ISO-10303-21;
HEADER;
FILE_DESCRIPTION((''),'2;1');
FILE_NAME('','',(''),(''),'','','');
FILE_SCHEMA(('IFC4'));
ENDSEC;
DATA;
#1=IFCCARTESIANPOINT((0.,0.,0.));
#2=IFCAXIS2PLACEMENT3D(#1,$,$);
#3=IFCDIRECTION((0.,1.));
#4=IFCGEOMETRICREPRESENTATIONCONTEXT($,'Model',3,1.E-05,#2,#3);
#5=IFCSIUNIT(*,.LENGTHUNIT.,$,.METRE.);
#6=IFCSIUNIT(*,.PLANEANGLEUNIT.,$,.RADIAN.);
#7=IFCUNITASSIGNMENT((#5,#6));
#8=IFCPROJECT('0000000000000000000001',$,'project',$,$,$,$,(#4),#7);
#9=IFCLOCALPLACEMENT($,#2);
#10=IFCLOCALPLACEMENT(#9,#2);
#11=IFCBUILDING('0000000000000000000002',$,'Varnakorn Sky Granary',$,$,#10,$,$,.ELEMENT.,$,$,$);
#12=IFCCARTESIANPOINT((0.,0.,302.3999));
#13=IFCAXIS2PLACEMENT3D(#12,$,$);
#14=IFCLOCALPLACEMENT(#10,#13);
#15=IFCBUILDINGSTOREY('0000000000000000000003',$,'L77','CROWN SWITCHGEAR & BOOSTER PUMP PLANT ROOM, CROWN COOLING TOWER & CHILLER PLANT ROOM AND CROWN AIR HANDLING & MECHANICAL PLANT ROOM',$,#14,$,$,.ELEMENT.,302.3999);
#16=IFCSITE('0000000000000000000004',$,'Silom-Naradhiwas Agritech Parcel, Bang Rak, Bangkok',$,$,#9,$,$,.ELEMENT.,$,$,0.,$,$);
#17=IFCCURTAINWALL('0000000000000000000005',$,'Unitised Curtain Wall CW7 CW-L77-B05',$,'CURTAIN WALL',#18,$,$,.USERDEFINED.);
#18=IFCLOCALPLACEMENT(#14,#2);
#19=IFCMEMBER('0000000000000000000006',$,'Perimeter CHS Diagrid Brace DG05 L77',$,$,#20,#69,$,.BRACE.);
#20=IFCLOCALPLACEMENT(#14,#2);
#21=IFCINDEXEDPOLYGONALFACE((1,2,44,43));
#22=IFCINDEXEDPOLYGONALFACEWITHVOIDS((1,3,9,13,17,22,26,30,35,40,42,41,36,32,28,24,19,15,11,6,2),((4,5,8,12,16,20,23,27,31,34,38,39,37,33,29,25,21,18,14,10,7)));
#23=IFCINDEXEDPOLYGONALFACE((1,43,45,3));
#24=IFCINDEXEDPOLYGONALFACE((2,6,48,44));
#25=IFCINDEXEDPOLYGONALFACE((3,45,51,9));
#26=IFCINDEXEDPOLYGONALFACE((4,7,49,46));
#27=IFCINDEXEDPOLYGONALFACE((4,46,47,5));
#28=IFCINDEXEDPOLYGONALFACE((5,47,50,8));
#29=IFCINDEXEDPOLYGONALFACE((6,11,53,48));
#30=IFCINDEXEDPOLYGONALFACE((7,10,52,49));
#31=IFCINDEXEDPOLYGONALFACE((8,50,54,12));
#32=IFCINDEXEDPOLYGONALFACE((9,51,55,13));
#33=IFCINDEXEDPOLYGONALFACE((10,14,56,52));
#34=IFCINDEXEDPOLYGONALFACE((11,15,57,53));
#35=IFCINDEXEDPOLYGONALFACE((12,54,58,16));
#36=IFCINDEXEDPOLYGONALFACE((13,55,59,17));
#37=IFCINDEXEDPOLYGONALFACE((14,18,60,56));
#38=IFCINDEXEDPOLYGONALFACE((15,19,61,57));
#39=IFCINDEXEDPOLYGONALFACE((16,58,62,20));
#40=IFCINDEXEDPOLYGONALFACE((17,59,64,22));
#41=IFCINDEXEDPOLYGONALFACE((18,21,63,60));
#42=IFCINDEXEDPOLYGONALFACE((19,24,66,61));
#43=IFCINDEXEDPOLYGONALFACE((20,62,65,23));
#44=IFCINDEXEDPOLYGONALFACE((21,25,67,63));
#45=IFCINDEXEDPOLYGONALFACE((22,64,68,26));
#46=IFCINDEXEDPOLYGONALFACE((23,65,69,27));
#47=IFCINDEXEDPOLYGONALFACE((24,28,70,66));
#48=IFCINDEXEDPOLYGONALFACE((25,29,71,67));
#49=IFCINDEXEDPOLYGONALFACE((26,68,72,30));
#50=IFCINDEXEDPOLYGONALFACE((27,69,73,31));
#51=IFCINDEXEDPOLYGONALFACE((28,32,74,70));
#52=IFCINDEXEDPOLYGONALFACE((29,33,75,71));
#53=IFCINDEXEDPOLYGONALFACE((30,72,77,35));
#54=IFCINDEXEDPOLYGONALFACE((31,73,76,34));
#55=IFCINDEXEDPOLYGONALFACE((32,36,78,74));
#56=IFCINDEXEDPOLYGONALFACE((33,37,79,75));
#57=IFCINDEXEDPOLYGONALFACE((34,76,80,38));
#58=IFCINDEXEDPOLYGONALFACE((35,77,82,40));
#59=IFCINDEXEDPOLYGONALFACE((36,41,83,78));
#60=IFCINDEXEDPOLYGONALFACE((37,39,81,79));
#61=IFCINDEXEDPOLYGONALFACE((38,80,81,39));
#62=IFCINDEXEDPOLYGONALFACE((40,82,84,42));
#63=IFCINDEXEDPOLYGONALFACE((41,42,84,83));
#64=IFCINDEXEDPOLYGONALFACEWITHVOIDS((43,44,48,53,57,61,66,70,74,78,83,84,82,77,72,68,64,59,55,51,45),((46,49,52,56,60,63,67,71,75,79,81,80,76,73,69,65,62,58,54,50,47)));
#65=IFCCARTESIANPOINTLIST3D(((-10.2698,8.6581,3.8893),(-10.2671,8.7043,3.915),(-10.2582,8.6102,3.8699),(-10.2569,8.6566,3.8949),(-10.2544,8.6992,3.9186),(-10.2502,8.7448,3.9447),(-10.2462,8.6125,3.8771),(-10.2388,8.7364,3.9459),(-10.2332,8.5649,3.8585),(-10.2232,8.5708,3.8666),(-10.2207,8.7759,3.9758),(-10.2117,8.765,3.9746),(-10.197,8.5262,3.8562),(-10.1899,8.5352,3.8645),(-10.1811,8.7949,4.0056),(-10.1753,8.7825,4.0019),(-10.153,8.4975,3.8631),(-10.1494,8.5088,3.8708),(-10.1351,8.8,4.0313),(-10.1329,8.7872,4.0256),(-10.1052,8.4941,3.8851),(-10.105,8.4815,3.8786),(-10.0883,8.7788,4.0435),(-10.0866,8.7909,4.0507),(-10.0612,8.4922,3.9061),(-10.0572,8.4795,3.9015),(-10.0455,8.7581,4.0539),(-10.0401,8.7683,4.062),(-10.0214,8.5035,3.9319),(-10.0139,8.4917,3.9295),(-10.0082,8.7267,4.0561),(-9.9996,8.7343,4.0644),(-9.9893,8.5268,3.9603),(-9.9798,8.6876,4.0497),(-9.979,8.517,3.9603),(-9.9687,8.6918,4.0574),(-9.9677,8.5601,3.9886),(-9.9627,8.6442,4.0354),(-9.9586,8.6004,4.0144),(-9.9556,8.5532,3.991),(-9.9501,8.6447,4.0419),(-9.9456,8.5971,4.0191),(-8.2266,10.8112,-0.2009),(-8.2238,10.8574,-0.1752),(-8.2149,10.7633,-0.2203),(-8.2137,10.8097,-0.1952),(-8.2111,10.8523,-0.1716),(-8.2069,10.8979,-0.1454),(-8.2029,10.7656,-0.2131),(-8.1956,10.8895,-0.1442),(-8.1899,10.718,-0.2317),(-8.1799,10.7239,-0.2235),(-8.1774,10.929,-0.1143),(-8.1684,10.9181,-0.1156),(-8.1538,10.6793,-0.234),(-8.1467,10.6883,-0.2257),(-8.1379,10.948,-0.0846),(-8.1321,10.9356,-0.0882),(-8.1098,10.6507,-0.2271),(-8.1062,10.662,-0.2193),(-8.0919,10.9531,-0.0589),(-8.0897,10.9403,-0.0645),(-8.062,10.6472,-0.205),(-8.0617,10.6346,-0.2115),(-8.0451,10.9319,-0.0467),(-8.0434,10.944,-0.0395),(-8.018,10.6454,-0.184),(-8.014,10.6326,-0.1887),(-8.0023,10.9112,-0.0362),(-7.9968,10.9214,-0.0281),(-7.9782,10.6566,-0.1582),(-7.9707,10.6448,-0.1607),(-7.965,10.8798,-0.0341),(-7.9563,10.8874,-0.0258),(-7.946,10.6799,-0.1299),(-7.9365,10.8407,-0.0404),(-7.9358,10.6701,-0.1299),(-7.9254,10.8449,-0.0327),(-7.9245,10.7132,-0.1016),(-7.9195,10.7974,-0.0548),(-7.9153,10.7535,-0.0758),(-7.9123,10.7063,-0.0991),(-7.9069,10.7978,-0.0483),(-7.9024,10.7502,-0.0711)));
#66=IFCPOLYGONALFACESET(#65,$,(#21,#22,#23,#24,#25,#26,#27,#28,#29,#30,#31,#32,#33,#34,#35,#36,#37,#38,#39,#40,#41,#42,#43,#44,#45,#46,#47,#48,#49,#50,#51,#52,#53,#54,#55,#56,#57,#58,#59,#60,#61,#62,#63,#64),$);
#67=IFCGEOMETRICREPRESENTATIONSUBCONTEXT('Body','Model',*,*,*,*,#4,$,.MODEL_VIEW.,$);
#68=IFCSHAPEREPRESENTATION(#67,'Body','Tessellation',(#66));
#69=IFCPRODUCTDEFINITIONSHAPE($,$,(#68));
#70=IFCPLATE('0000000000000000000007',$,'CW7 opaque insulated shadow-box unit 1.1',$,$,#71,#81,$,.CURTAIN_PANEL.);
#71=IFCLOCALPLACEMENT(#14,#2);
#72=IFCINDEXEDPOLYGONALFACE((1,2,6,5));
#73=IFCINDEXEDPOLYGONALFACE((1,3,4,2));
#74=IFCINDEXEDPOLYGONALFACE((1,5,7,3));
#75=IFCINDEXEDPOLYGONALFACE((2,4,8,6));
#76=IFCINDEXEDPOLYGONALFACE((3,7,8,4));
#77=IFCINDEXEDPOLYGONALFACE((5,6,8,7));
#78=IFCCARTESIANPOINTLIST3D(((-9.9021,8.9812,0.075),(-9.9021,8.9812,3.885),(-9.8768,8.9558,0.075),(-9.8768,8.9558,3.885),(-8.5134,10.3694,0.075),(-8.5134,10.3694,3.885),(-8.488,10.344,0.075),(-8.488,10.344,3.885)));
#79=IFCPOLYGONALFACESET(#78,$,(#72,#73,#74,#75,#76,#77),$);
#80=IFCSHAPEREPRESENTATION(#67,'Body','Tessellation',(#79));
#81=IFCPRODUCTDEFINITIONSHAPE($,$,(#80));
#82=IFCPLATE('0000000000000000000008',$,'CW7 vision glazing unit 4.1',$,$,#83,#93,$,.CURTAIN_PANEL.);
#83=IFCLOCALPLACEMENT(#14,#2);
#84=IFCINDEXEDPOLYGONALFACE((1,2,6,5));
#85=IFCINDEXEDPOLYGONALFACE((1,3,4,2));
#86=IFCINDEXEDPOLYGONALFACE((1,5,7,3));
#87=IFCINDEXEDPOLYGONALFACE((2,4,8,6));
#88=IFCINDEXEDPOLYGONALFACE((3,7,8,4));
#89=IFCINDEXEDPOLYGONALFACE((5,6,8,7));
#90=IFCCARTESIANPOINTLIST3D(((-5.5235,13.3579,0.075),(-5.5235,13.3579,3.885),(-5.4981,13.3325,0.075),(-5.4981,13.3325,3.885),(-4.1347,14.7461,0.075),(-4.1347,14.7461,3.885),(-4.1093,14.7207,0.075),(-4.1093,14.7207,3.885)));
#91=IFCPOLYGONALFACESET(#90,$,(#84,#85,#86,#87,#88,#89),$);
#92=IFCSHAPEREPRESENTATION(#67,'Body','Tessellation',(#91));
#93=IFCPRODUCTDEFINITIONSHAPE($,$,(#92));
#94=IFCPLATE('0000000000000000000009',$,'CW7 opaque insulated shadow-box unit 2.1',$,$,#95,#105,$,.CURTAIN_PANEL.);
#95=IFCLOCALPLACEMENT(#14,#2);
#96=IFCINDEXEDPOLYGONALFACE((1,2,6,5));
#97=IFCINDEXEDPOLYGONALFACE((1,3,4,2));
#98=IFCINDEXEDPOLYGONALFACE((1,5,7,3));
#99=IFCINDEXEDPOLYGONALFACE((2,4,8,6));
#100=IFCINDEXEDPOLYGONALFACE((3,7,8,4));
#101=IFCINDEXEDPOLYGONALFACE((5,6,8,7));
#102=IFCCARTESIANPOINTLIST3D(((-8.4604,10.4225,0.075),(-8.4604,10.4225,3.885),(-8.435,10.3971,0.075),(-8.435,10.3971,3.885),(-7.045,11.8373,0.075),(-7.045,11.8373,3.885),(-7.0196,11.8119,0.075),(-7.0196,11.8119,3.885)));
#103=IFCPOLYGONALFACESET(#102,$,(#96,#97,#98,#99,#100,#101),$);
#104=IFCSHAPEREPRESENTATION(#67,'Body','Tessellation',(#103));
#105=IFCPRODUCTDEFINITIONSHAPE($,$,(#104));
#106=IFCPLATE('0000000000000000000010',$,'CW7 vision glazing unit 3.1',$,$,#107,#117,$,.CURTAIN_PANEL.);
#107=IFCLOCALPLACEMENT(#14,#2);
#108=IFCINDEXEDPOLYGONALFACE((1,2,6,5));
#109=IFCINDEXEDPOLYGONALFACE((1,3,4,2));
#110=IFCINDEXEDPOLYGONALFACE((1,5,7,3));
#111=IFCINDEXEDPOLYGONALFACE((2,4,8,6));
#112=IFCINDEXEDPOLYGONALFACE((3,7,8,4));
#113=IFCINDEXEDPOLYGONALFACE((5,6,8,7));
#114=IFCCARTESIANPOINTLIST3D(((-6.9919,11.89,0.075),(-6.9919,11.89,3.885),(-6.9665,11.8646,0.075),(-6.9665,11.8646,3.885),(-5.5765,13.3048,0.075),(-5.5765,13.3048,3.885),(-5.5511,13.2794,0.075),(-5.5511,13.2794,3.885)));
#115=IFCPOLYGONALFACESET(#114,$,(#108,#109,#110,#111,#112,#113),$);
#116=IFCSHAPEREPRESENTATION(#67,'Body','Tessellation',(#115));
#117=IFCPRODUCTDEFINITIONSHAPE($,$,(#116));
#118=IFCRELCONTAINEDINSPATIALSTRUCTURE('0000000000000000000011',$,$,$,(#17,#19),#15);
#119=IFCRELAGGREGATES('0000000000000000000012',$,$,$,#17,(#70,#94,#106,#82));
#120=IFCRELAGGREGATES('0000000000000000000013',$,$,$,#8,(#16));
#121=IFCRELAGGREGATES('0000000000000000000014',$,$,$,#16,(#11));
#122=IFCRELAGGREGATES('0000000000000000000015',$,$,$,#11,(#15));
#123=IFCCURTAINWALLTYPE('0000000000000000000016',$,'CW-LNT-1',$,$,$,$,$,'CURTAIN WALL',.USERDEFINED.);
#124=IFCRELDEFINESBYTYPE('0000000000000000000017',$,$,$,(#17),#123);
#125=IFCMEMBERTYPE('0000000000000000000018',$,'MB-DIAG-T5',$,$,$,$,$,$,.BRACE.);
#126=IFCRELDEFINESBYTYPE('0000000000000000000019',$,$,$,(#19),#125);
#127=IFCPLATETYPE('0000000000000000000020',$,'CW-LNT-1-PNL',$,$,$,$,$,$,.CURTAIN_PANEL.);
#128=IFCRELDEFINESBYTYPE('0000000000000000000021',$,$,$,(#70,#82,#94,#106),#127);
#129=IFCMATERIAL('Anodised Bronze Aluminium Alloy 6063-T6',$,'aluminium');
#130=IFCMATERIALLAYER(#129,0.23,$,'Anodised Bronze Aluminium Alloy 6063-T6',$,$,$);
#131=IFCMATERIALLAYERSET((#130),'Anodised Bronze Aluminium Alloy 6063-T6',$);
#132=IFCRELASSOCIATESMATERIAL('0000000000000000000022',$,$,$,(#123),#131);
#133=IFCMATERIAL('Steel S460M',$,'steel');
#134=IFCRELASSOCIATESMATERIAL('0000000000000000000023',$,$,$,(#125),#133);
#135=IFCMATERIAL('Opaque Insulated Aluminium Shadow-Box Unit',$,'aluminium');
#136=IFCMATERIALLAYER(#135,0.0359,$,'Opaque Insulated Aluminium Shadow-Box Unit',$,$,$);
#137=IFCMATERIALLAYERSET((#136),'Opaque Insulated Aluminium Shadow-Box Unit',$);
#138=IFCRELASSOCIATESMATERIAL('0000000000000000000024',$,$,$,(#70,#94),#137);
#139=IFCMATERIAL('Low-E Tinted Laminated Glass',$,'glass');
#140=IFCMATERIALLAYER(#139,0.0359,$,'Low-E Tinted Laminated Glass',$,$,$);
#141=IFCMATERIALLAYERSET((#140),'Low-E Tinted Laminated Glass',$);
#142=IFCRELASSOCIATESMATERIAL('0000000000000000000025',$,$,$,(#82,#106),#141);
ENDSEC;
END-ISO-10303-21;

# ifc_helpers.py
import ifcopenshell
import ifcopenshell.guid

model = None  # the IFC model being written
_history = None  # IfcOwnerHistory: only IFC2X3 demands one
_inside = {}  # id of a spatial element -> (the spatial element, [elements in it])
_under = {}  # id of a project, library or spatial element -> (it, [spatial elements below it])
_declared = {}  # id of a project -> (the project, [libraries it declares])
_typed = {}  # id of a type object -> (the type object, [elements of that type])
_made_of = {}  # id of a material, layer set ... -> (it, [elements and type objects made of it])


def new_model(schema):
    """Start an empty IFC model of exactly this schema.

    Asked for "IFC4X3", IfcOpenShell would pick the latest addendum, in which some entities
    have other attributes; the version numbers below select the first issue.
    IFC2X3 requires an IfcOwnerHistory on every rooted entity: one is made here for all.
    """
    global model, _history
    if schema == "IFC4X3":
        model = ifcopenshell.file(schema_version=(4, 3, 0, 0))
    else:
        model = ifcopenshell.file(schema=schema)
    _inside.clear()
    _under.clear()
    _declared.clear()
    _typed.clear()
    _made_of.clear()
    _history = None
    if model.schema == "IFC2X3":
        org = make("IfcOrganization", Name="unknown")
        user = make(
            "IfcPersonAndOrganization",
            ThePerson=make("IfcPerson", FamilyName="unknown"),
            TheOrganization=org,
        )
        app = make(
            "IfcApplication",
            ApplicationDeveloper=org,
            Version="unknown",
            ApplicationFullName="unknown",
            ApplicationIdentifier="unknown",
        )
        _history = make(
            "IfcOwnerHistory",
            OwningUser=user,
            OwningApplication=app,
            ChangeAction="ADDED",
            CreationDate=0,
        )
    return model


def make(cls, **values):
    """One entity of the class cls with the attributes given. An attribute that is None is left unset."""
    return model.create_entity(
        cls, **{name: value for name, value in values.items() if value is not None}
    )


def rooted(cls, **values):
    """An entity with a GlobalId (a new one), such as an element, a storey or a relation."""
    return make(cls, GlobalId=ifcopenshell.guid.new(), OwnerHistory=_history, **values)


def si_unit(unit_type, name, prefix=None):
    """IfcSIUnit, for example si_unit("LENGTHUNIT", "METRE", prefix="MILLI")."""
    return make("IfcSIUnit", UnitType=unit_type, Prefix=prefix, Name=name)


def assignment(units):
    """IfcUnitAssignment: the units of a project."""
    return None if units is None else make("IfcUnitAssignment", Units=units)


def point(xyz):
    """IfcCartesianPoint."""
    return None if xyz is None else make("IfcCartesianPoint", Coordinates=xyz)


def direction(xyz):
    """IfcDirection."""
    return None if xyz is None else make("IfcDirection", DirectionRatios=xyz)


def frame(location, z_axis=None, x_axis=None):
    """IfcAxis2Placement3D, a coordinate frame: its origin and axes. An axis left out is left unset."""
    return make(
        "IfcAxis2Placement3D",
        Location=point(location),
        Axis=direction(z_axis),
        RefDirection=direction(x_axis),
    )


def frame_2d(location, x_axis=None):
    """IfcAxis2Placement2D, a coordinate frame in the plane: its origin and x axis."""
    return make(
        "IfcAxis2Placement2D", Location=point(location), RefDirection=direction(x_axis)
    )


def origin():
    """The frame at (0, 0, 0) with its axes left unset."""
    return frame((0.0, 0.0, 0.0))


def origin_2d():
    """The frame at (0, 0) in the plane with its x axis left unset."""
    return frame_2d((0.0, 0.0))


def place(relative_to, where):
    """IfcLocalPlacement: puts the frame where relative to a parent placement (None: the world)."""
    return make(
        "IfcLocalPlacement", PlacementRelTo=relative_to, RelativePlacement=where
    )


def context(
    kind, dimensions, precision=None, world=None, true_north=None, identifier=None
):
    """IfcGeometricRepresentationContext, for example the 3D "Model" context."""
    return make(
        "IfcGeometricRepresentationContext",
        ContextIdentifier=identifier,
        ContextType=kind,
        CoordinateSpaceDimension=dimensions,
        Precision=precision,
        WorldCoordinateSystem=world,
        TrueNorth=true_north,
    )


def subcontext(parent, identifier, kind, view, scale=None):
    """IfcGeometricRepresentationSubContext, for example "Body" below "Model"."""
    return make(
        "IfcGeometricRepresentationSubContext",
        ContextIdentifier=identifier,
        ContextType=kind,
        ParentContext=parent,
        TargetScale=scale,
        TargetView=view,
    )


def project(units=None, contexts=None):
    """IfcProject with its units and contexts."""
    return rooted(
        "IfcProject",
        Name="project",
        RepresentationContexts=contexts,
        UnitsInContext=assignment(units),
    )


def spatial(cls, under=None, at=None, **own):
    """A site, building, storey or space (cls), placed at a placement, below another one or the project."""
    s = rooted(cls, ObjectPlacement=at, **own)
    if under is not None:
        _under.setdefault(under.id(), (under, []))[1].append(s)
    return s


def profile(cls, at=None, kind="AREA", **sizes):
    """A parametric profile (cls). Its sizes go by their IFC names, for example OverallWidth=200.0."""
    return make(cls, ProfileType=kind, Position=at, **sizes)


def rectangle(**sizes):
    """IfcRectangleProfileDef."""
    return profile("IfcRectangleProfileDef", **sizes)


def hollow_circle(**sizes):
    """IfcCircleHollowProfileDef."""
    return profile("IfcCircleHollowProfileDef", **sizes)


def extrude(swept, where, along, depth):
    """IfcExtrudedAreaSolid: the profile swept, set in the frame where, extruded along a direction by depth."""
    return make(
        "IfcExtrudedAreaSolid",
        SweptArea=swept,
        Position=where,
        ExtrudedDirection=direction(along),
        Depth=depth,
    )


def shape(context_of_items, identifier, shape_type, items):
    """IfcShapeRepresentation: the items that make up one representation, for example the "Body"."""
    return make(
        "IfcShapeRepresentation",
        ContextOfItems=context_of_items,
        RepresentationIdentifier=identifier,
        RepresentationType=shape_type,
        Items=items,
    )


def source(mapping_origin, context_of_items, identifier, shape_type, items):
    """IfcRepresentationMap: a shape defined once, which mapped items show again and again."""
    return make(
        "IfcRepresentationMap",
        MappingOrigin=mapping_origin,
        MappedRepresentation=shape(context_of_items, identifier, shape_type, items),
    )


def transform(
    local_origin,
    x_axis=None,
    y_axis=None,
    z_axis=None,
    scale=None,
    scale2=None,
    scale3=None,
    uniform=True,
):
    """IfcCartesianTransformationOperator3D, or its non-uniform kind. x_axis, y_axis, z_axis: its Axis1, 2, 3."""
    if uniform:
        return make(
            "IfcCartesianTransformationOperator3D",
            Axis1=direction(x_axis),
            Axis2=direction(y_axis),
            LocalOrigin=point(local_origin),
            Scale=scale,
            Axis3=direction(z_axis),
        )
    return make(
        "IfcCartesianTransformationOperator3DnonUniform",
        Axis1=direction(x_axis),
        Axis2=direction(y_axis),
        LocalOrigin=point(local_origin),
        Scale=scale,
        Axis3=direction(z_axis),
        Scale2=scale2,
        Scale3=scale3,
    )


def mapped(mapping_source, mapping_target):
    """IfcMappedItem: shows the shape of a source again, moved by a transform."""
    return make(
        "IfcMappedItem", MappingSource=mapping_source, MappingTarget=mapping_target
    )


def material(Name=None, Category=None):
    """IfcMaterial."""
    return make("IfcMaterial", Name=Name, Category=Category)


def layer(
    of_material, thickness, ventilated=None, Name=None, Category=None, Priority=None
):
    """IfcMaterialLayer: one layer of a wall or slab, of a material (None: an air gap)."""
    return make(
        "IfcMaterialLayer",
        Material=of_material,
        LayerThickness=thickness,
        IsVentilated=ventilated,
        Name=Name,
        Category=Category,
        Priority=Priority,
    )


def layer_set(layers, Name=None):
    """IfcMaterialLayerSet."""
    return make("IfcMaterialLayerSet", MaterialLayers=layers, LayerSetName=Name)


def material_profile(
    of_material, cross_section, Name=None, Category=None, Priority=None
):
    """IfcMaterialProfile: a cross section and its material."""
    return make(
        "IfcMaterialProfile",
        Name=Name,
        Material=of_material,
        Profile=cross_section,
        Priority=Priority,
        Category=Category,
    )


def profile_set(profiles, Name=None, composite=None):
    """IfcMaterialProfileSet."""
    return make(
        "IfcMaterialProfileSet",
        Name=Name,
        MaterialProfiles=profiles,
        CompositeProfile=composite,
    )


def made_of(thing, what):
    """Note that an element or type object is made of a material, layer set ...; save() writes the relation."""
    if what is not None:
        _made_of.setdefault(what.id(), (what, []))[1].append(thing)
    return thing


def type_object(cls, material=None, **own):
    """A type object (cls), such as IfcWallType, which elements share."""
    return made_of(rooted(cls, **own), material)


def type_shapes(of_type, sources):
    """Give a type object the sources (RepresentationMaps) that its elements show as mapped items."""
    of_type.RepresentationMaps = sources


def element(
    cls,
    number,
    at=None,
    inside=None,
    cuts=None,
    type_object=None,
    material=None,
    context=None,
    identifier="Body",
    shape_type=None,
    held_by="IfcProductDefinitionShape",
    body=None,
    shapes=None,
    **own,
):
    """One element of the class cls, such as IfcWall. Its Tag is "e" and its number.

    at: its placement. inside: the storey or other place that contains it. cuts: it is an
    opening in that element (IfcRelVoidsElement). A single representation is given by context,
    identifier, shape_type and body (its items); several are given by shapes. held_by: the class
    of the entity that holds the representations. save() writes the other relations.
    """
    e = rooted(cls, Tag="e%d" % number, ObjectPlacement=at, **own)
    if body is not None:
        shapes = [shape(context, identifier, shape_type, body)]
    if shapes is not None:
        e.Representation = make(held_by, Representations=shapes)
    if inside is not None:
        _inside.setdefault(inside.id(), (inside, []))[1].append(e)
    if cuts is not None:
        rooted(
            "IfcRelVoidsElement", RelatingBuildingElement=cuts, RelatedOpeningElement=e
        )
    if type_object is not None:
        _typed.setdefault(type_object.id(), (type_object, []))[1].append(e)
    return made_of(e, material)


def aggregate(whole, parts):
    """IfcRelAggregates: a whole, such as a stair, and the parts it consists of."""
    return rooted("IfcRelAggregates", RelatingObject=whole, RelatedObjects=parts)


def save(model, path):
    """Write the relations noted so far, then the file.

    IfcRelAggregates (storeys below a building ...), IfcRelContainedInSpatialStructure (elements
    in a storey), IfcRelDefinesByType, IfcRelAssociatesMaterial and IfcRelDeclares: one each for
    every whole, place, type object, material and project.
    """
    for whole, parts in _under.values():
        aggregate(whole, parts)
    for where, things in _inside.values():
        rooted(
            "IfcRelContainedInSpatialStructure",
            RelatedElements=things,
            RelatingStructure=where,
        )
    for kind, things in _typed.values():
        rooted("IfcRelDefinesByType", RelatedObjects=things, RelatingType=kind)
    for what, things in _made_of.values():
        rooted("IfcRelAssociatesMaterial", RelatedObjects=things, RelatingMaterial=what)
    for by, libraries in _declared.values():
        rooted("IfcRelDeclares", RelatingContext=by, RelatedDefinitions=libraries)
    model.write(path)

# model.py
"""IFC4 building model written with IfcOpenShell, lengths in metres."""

from ifc_helpers import new_model, si_unit, direction, frame, origin, origin_2d, place, context, subcontext, project, spatial, rectangle, hollow_circle, extrude, source, transform, mapped, material, layer, layer_set, material_profile, profile_set, type_object, type_shapes, element, aggregate, save


model = new_model("IFC4")

# Units and contexts
model_context = context("Model", 3, precision=1e-05, world=origin(), true_north=direction((0.0, 1.0)))
body_context = subcontext(model_context, "Body", "Model", "MODEL_VIEW")
ifc_project = project(units=[si_unit("LENGTHUNIT", "METRE"), si_unit("PLANEANGLEUNIT", "RADIAN")], contexts=[model_context])

# Site, building, storey
site_placement = place(None, origin())
site = spatial("IfcSite", under=ifc_project, at=site_placement, Name="Silom-Naradhiwas Agritech Parcel, Bang Rak, Bangkok", CompositionType="ELEMENT", RefElevation=0.0)
building_placement = place(site_placement, origin())
building = spatial("IfcBuilding", under=site, at=building_placement, Name="Varnakorn Sky Granary", CompositionType="ELEMENT")
storey_placement = place(building_placement, frame((0.0, 0.0, 302.3999)))
storey = spatial("IfcBuildingStorey", under=building, at=storey_placement, Name="L77", Description="CROWN SWITCHGEAR & BOOSTER PUMP PLANT ROOM, CROWN COOLING TOWER & CHILLER PLANT ROOM AND CROWN AIR HANDLING & MECHANICAL PLANT ROOM", CompositionType="ELEMENT", Elevation=302.3999)

# Shared definitions
ifc_material_1 = material(Name="Steel S460M", Category="steel")

# Shared definitions
ifc_material_2 = material(Name="Anodised Bronze Aluminium Alloy 6063-T6", Category="aluminium")
ifc_layer_1 = layer(ifc_material_2, 0.23, Name="Anodised Bronze Aluminium Alloy 6063-T6")
ifc_layer_set_1 = layer_set([ifc_layer_1], Name="Anodised Bronze Aluminium Alloy 6063-T6")
curtain_wall_type = type_object("IfcCurtainWallType", Name="CW-LNT-1", ElementType="CURTAIN WALL", PredefinedType="USERDEFINED", material=ifc_layer_set_1)

# Curtain wall
curtain_wall_1_placement = place(storey_placement, origin())
curtain_wall_1 = element("IfcCurtainWall", 1, at=curtain_wall_1_placement, inside=storey, type_object=curtain_wall_type, Name="Unitised Curtain Wall CW7 CW-L77-B05", ObjectType="CURTAIN WALL", PredefinedType="USERDEFINED")

# Member
ifc_material_profile_1 = material_profile(ifc_material_1, hollow_circle(Radius=0.1777, WallThickness=0.0142, at=origin_2d()), Name="CHS 355.6x14")
ifc_profile_set_1 = profile_set([ifc_material_profile_1], Name="Steel S460M")
member_type_1 = type_object("IfcMemberType", Name="MB-DIAG-T5", PredefinedType="BRACE", material=ifc_profile_set_1)
member_1_placement = place(storey_placement, frame((-8.0647, 10.7925, -0.1299), z_axis=(-0.404305, -0.426045, 0.809335), x_axis=(0.725371, -0.688358, 0.0)))
element("IfcMember", 2, at=member_1_placement, inside=storey, type_object=member_type_1, Name="Perimeter CHS Diagrid Brace DG05 L77", PredefinedType="BRACE", context=body_context, shape_type="SweptSolid", body=[
    extrude(hollow_circle(Radius=0.1777, WallThickness=0.0142, at=origin_2d()), origin(), (0.0, 0.0, 1.0), 5.0537),
])

# Plates
ifc_material_3 = material(Name="Opaque Insulated Aluminium Shadow-Box Unit", Category="aluminium")
ifc_layer_2 = layer(ifc_material_3, 0.0359, Name="Opaque Insulated Aluminium Shadow-Box Unit")
ifc_layer_set_2 = layer_set([ifc_layer_2], Name="Opaque Insulated Aluminium Shadow-Box Unit")
plate_type = type_object("IfcPlateType", Name="CW-LNT-1-PNL", PredefinedType="CURTAIN_PANEL")
shared_shape_1 = source(origin(), body_context, "Body", "SweptSolid", [
    extrude(rectangle(XDim=1.9636, YDim=0.0359, at=origin_2d()), origin(), (0.0, 0.0, 1.0), 3.8101),
])
plate_1_placement = place(storey_placement, frame((-9.1951, 9.6626, 0.075), z_axis=(0.0, 0.0, 1.0), x_axis=(0.707251, 0.706962, 0.0)))
plate_1 = element("IfcPlate", 3, at=plate_1_placement, type_object=plate_type, material=ifc_layer_set_2, Name="CW7 opaque insulated shadow-box unit 1.1", PredefinedType="CURTAIN_PANEL", context=body_context, shape_type="MappedRepresentation", body=[
    mapped(shared_shape_1, transform((0.0, 0.0, 0.0), x_axis=(1.0, 0.0, 0.0), y_axis=(0.0, 1.0, 0.0), z_axis=(0.0, 0.0, 1.0), scale=1.0)),
])
ifc_material_4 = material(Name="Low-E Tinted Laminated Glass", Category="glass")
ifc_layer_3 = layer(ifc_material_4, 0.0359, Name="Low-E Tinted Laminated Glass")
ifc_layer_set_3 = layer_set([ifc_layer_3], Name="Low-E Tinted Laminated Glass")
plate_2_placement = place(storey_placement, frame((-4.8164, 14.0393, 0.075), z_axis=(0.0, 0.0, 1.0), x_axis=(0.707251, 0.706962, 0.0)))
plate_2 = element("IfcPlate", 4, at=plate_2_placement, type_object=plate_type, material=ifc_layer_set_3, Name="CW7 vision glazing unit 4.1", PredefinedType="CURTAIN_PANEL", context=body_context, shape_type="MappedRepresentation", body=[
    mapped(shared_shape_1, transform((0.0, 0.0, 0.0), x_axis=(1.0, 0.0, 0.0), y_axis=(0.0, 1.0, 0.0), z_axis=(0.0, 0.0, 1.0), scale=1.0)),
])
shared_shape_2 = source(origin(), body_context, "Body", "SweptSolid", [
    extrude(rectangle(XDim=2.0012, YDim=0.0359, at=origin_2d()), origin(), (0.0, 0.0, 1.0), 3.8101),
])
type_shapes(plate_type, [shared_shape_1, shared_shape_2])
plate_3_placement = place(storey_placement, frame((-7.74, 11.1172, 0.075), z_axis=(0.0, 0.0, 1.0), x_axis=(0.707251, 0.706962, 0.0)))
plate_3 = element("IfcPlate", 5, at=plate_3_placement, type_object=plate_type, material=ifc_layer_set_2, Name="CW7 opaque insulated shadow-box unit 2.1", PredefinedType="CURTAIN_PANEL", context=body_context, shape_type="MappedRepresentation", body=[
    mapped(shared_shape_2, transform((0.0, 0.0, 0.0), x_axis=(1.0, 0.0, 0.0), y_axis=(0.0, 1.0, 0.0), z_axis=(0.0, 0.0, 1.0), scale=1.0)),
])
plate_4_placement = place(storey_placement, frame((-6.2715, 12.5847, 0.075), z_axis=(0.0, 0.0, 1.0), x_axis=(0.707251, 0.706962, 0.0)))
plate_4 = element("IfcPlate", 6, at=plate_4_placement, type_object=plate_type, material=ifc_layer_set_3, Name="CW7 vision glazing unit 3.1", PredefinedType="CURTAIN_PANEL", context=body_context, shape_type="MappedRepresentation", body=[
    mapped(shared_shape_2, transform((0.0, 0.0, 0.0), x_axis=(1.0, 0.0, 0.0), y_axis=(0.0, 1.0, 0.0), z_axis=(0.0, 0.0, 1.0), scale=1.0)),
])
aggregate(curtain_wall_1, [plate_1, plate_3, plate_4, plate_2])

save(model, "model.ifc")
